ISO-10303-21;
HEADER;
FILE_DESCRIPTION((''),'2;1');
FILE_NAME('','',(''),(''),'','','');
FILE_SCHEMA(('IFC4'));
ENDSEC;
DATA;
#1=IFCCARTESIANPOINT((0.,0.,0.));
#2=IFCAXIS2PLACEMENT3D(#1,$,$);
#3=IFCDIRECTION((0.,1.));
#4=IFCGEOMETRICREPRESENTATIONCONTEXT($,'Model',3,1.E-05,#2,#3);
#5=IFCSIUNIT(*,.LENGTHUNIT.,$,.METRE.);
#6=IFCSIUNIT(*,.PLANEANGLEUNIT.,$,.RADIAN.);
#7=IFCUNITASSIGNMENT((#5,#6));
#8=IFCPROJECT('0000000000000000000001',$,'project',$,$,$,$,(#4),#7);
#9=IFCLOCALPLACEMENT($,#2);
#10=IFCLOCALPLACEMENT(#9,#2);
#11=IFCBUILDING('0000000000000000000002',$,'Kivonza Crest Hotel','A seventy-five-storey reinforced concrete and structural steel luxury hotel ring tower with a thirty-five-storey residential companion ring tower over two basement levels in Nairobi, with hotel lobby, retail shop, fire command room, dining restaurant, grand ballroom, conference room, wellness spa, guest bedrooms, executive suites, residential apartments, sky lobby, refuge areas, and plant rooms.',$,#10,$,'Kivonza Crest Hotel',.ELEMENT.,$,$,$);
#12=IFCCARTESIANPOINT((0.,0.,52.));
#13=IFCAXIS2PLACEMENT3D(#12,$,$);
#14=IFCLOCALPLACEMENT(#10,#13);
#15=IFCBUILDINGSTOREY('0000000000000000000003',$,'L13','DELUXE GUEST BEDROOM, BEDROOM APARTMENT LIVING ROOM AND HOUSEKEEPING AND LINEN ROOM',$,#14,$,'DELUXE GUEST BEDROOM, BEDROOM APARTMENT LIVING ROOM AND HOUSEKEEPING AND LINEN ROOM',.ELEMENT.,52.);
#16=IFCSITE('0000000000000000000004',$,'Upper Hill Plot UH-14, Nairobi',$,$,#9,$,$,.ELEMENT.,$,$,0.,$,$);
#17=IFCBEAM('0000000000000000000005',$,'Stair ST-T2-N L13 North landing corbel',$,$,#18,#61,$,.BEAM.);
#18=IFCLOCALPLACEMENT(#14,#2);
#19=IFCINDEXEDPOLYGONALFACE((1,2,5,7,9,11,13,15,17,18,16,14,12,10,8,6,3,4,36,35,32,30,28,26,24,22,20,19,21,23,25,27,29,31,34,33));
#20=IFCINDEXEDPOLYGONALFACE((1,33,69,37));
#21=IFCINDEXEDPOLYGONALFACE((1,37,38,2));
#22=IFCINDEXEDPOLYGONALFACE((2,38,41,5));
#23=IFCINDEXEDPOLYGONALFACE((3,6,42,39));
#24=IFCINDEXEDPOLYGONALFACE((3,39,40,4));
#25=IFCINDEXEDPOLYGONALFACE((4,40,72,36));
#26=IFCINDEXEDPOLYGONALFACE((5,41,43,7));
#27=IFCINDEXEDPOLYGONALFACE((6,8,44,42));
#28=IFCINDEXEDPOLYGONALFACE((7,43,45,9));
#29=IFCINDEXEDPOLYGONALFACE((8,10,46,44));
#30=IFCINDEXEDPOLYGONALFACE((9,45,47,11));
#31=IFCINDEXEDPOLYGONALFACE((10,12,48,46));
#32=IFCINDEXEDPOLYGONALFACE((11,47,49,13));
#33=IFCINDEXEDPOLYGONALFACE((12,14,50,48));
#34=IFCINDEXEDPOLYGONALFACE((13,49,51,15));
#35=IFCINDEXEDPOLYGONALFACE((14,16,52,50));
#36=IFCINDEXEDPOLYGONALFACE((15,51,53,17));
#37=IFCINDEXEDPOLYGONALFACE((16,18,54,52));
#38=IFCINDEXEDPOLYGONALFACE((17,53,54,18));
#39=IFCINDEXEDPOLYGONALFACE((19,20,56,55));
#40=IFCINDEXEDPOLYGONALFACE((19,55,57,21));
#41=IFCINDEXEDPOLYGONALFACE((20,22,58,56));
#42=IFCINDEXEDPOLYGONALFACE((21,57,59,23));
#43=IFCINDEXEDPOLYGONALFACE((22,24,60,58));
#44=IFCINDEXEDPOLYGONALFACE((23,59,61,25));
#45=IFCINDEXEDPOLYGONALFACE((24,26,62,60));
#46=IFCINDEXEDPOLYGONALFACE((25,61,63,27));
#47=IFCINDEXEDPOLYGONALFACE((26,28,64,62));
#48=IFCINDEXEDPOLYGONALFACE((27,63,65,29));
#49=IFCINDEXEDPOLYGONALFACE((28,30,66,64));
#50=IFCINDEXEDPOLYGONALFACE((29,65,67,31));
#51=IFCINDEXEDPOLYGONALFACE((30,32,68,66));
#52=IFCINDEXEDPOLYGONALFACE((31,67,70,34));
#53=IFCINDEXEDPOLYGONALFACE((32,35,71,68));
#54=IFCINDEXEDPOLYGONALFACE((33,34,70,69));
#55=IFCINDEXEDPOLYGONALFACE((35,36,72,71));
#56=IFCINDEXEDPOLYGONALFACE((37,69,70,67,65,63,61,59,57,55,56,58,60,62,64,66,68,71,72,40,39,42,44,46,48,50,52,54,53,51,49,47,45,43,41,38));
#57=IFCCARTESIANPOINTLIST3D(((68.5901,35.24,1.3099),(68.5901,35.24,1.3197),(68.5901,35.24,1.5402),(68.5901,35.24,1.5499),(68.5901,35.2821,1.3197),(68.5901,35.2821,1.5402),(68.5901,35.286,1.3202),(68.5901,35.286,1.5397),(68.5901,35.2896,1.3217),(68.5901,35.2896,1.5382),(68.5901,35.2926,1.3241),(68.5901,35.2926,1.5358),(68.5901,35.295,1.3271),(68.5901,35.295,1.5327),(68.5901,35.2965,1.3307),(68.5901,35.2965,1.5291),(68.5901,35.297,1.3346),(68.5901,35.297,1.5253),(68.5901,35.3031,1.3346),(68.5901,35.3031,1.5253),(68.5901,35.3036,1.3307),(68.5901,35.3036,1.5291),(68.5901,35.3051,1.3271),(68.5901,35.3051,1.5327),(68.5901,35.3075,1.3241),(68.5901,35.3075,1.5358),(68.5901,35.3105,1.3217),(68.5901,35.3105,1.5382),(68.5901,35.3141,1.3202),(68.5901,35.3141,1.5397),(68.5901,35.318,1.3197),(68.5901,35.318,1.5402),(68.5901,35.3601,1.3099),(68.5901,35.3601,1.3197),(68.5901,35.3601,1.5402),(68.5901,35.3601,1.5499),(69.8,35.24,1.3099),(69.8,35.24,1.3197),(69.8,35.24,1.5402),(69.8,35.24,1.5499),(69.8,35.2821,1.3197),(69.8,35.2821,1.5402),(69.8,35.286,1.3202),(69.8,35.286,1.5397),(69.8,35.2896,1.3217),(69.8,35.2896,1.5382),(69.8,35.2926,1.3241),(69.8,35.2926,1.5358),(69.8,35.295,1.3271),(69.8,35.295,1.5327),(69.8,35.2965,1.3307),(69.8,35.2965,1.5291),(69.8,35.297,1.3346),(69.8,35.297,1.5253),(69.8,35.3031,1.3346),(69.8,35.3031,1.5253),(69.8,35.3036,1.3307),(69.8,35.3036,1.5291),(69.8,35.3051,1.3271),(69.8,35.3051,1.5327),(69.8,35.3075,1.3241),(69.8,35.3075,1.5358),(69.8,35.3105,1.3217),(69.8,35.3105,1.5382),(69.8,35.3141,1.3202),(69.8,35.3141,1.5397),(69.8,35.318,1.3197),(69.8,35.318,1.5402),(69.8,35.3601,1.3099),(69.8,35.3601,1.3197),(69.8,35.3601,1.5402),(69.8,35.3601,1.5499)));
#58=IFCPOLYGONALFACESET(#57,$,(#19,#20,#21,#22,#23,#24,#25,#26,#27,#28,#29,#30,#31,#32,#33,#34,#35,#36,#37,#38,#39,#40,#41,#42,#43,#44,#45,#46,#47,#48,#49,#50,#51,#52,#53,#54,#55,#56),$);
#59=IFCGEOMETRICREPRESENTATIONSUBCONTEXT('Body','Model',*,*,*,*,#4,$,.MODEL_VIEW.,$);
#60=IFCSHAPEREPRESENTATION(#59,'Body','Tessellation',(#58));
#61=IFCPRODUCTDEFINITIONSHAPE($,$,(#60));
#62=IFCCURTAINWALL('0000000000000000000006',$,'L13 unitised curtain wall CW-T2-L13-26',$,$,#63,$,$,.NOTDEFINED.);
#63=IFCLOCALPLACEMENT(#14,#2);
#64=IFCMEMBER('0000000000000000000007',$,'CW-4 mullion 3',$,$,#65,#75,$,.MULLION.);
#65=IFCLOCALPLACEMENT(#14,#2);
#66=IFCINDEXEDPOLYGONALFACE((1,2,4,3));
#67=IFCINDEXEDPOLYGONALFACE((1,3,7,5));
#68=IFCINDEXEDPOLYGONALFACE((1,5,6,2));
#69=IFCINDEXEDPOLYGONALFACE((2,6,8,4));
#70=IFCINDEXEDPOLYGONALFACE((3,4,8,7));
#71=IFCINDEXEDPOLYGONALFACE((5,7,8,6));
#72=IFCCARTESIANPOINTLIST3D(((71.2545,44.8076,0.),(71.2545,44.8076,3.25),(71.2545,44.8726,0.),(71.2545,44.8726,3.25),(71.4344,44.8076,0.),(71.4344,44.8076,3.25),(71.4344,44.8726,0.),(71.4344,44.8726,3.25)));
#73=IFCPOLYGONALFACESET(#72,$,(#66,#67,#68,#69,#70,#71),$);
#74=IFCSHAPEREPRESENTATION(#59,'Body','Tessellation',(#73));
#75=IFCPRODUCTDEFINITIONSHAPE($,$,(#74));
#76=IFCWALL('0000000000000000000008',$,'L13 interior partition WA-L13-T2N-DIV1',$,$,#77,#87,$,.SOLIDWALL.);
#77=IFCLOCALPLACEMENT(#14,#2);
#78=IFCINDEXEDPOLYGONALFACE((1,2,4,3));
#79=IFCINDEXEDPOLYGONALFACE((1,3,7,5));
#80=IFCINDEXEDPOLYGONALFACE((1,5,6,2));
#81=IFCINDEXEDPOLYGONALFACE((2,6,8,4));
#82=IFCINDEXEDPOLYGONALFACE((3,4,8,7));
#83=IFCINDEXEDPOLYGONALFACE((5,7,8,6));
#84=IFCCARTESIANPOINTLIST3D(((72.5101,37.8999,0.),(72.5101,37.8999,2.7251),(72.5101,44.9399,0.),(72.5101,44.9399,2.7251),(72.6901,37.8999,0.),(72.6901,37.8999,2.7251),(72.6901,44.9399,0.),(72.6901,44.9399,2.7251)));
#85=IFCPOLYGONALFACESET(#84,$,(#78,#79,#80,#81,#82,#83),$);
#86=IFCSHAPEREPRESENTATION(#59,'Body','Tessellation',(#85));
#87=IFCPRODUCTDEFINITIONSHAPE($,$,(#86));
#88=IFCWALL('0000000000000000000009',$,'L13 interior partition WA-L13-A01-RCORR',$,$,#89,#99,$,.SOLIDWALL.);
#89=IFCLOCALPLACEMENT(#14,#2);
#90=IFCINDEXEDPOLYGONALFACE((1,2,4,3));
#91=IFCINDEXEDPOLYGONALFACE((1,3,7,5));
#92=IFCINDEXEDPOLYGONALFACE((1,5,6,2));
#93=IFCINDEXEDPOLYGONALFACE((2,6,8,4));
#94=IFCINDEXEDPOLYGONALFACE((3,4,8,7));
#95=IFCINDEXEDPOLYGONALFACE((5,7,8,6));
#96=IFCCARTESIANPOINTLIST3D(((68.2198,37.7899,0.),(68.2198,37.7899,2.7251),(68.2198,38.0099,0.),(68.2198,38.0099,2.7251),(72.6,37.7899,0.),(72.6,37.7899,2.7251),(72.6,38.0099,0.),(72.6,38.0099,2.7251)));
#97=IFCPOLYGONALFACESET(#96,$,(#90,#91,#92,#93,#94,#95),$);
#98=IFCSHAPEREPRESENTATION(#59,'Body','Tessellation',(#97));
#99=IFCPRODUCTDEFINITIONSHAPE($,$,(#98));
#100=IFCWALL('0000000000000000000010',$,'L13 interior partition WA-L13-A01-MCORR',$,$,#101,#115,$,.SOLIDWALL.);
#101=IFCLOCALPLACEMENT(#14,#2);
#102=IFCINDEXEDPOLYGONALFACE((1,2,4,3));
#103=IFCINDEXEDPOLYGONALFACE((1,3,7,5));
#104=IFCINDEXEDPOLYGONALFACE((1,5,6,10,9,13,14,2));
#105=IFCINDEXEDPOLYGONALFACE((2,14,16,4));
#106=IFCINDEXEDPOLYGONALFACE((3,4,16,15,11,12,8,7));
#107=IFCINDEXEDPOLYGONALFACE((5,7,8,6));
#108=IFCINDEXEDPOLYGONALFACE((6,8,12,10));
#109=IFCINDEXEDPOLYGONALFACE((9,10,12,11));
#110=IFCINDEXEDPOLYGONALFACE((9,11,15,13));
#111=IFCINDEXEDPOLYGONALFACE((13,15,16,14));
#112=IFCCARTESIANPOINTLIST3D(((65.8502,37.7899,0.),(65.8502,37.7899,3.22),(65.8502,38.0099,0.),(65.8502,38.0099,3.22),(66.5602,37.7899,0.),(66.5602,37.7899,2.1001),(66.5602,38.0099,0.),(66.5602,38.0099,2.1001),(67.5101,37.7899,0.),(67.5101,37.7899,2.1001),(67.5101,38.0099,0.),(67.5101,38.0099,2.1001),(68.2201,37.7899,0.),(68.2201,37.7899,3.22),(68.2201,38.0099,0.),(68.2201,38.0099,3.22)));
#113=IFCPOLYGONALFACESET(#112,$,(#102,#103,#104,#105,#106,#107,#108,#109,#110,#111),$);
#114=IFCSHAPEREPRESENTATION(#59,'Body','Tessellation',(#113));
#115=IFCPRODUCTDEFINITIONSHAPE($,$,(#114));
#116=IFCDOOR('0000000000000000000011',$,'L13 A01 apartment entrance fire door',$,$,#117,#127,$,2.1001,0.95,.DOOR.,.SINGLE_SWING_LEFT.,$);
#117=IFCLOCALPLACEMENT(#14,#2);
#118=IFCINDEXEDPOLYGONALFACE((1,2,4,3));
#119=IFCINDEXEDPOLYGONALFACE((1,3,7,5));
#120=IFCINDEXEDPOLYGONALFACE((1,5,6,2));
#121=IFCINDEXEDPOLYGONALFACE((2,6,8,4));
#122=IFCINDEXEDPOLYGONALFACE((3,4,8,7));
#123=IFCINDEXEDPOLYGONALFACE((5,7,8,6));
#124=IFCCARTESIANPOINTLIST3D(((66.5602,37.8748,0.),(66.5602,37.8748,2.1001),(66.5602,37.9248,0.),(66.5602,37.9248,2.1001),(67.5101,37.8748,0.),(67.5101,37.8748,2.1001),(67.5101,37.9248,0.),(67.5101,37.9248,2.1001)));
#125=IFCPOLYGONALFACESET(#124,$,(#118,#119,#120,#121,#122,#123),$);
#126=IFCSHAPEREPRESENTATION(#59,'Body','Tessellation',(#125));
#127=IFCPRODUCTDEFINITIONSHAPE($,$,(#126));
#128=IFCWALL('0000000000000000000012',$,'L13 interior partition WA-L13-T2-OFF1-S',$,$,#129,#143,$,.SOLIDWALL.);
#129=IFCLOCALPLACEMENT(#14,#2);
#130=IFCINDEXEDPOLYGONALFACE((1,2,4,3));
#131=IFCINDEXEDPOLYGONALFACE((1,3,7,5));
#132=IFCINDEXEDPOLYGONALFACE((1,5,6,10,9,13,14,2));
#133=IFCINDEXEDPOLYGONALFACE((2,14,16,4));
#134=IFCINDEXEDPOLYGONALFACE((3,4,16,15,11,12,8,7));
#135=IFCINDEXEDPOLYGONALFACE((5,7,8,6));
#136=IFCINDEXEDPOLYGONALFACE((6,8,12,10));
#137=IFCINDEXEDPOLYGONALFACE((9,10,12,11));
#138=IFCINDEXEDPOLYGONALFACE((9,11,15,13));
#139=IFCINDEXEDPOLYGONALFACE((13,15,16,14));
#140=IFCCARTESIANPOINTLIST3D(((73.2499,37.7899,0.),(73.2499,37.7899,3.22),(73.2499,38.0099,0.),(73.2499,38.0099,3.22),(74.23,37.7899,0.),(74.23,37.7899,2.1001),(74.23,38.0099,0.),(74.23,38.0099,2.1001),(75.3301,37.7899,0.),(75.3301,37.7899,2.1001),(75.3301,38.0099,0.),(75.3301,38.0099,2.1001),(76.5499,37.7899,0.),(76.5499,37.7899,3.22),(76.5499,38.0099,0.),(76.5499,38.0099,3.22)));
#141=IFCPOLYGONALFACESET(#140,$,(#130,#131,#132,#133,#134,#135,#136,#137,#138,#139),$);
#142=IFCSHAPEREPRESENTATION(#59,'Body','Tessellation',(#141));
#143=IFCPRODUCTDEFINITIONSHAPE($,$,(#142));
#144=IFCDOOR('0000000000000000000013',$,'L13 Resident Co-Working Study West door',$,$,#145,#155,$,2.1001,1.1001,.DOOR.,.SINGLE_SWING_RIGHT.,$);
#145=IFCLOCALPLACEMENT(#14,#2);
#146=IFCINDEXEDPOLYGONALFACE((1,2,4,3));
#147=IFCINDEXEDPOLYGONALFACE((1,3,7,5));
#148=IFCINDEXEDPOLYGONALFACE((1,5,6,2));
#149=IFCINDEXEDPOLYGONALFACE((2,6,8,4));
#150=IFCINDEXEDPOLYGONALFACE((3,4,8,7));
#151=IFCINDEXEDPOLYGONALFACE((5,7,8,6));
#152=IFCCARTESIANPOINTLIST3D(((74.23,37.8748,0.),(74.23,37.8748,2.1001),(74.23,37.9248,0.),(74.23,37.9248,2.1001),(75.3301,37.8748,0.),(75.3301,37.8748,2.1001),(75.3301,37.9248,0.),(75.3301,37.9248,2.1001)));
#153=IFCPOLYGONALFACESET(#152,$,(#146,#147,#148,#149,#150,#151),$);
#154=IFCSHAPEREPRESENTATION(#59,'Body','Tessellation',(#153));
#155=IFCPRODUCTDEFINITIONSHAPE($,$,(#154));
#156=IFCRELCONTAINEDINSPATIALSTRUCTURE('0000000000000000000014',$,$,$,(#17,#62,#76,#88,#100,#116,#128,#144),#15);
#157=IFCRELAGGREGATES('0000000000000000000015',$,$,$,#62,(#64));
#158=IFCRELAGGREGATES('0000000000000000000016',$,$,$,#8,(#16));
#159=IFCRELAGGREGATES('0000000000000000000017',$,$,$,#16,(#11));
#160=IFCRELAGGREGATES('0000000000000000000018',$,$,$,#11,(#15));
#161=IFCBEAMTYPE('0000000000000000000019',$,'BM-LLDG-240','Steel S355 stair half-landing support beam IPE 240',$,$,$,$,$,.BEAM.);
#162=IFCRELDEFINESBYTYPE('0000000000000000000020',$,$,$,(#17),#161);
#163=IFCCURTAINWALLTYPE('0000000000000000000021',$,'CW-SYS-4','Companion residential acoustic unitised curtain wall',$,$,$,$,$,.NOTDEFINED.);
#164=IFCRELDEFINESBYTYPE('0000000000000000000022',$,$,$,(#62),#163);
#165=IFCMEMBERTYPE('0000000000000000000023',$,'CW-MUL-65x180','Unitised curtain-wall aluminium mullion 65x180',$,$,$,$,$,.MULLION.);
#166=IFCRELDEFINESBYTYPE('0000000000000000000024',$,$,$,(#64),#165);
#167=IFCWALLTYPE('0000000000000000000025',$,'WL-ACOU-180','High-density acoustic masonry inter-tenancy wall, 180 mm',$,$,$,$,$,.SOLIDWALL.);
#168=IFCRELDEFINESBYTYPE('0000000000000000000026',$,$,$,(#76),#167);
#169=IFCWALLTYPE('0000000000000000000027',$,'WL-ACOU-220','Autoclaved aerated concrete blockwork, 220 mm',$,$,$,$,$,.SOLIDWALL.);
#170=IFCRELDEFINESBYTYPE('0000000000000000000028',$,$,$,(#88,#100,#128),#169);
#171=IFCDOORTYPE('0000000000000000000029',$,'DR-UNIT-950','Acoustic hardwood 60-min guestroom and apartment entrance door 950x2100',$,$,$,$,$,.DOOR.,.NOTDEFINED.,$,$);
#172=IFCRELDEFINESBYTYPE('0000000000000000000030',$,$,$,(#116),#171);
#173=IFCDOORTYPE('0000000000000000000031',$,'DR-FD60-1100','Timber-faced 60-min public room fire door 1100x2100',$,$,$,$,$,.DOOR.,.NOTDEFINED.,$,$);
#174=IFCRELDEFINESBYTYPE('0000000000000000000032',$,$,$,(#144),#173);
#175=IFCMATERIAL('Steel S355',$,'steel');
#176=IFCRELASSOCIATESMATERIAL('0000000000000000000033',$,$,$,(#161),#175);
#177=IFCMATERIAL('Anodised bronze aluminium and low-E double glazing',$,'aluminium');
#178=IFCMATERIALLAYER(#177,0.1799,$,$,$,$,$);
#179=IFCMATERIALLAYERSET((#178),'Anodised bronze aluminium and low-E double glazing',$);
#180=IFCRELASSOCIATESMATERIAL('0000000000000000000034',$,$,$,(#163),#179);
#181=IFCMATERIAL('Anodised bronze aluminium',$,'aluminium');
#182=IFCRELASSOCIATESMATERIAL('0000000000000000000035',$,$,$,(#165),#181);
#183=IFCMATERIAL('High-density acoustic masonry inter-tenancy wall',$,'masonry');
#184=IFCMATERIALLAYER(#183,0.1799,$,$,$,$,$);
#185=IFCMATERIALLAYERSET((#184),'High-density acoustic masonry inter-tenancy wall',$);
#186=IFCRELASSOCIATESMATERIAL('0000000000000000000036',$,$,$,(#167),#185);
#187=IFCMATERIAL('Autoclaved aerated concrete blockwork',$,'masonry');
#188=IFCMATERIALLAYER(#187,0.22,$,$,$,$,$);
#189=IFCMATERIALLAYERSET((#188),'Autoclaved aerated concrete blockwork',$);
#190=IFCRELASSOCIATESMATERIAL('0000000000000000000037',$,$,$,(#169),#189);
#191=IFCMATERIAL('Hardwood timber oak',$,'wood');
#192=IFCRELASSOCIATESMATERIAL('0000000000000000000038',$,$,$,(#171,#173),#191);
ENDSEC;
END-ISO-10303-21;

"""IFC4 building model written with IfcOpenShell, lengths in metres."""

from ifc_helpers import new_model, si_unit, direction, frame, frame_2d, origin, origin_2d, place, context, subcontext, project, spatial, rectangle, i_section, extrude, material, layer, layer_set, material_profile, profile_set, type_object, element, fill, aggregate, save


model = new_model("IFC4")

# Units and contexts
model_context = context("Model", 3, precision=1e-05, world=origin(), true_north=direction((0.0, 1.0)))
body_context = subcontext(model_context, "Body", "Model", "MODEL_VIEW")
ifc_project = project(units=[si_unit("LENGTHUNIT", "METRE"), si_unit("PLANEANGLEUNIT", "RADIAN")], contexts=[model_context])

# Site, building, storey
site_placement = place(None, origin())
site = spatial("IfcSite", under=ifc_project, at=site_placement, Name="Upper Hill Plot UH-14, Nairobi", CompositionType="ELEMENT", RefElevation=0.0)
building_placement = place(site_placement, origin())
building = spatial("IfcBuilding", under=site, at=building_placement, Name="Kivonza Crest Hotel", Description="A seventy-five-storey reinforced concrete and structural steel luxury hotel ring tower with a thirty-five-storey residential companion ring tower over two basement levels in Nairobi, with hotel lobby, retail shop, fire command room, dining restaurant, grand ballroom, conference room, wellness spa, guest bedrooms, executive suites, residential apartments, sky lobby, refuge areas, and plant rooms.", LongName="Kivonza Crest Hotel", CompositionType="ELEMENT")
storey_placement = place(building_placement, frame((0.0, 0.0, 52.0)))
storey = spatial("IfcBuildingStorey", under=building, at=storey_placement, Name="L13", Description="DELUXE GUEST BEDROOM, BEDROOM APARTMENT LIVING ROOM AND HOUSEKEEPING AND LINEN ROOM", LongName="DELUXE GUEST BEDROOM, BEDROOM APARTMENT LIVING ROOM AND HOUSEKEEPING AND LINEN ROOM", CompositionType="ELEMENT", Elevation=52.0)

# Beam
ifc_material_1 = material(Name="Steel S355", Category="steel")
ifc_material_profile_1 = material_profile(ifc_material_1, i_section(OverallWidth=0.1201, OverallDepth=0.24, WebThickness=0.0061, FlangeThickness=0.0098, FilletRadius=0.0149, at=origin_2d()), Name="IPE 240")
ifc_profile_set_1 = profile_set([ifc_material_profile_1], Name="Steel S355")
beam_type_1 = type_object("IfcBeamType", Name="BM-LLDG-240", Description="Steel S355 stair half-landing support beam IPE 240", PredefinedType="BEAM", material=ifc_profile_set_1)
beam_1_placement = place(storey_placement, frame((68.5901, 35.3, 1.4299), z_axis=(1.0, 0.0, 0.0), x_axis=(0.0, 1.0, 0.0)))
element("IfcBeam", 1, at=beam_1_placement, inside=storey, type_object=beam_type_1, Name="Stair ST-T2-N L13 North landing corbel", PredefinedType="BEAM", context=body_context, shape_type="SweptSolid", body=[
    extrude(i_section(OverallWidth=0.1201, OverallDepth=0.24, WebThickness=0.0061, FlangeThickness=0.0098, FilletRadius=0.0149, at=origin_2d()), origin(), (0.0, 0.0, 1.0), 1.21),
])

# Curtain wall, member
ifc_material_2 = material(Name="Anodised bronze aluminium and low-E double glazing", Category="aluminium")
ifc_layer_1 = layer(ifc_material_2, 0.1799)
ifc_layer_set_1 = layer_set([ifc_layer_1], Name="Anodised bronze aluminium and low-E double glazing")
curtain_wall_type = type_object("IfcCurtainWallType", Name="CW-SYS-4", Description="Companion residential acoustic unitised curtain wall", PredefinedType="NOTDEFINED", material=ifc_layer_set_1)
curtain_wall_placement = place(storey_placement, origin())
curtain_wall = element("IfcCurtainWall", 2, at=curtain_wall_placement, inside=storey, type_object=curtain_wall_type, Name="L13 unitised curtain wall CW-T2-L13-26", PredefinedType="NOTDEFINED")
ifc_material_3 = material(Name="Anodised bronze aluminium", Category="aluminium")
ifc_material_profile_2 = material_profile(ifc_material_3, rectangle(XDim=0.0649, YDim=0.1799, at=origin_2d()), Name="CW-M 65x180")
ifc_profile_set_2 = profile_set([ifc_material_profile_2], Name="Anodised bronze aluminium")
member_type = type_object("IfcMemberType", Name="CW-MUL-65x180", Description="Unitised curtain-wall aluminium mullion 65x180", PredefinedType="MULLION", material=ifc_profile_set_2)
member_placement = place(storey_placement, frame((71.3445, 44.8401, 0.0), z_axis=(0.0, 0.0, 1.0), x_axis=(0.0, -1.0, 0.0)))
member = element("IfcMember", 3, at=member_placement, type_object=member_type, Name="CW-4 mullion 3", PredefinedType="MULLION", context=body_context, shape_type="SweptSolid", body=[
    extrude(rectangle(XDim=0.0649, YDim=0.1799, at=origin_2d()), origin(), (0.0, 0.0, 1.0), 3.25),
])
aggregate(curtain_wall, [member])

# Walls
ifc_material_4 = material(Name="High-density acoustic masonry inter-tenancy wall", Category="masonry")
ifc_layer_2 = layer(ifc_material_4, 0.1799)
ifc_layer_set_2 = layer_set([ifc_layer_2], Name="High-density acoustic masonry inter-tenancy wall")
wall_type_1 = type_object("IfcWallType", Name="WL-ACOU-180", Description="High-density acoustic masonry inter-tenancy wall, 180 mm", PredefinedType="SOLIDWALL", material=ifc_layer_set_2)
wall_1_placement = place(storey_placement, frame((72.6001, 37.8999, 0.0), z_axis=(0.0, 0.0, 1.0), x_axis=(0.0, 1.0, 0.0)))
element("IfcWall", 4, at=wall_1_placement, inside=storey, type_object=wall_type_1, Name="L13 interior partition WA-L13-T2N-DIV1", PredefinedType="SOLIDWALL", context=body_context, shape_type="SweptSolid", body=[
    extrude(rectangle(XDim=7.04, YDim=0.1799, at=frame_2d((3.52, 0.0))), origin(), (0.0, 0.0, 1.0), 2.7251),
])
ifc_material_5 = material(Name="Autoclaved aerated concrete blockwork", Category="masonry")
ifc_layer_3 = layer(ifc_material_5, 0.22)
ifc_layer_set_3 = layer_set([ifc_layer_3], Name="Autoclaved aerated concrete blockwork")
wall_type_2 = type_object("IfcWallType", Name="WL-ACOU-220", Description="Autoclaved aerated concrete blockwork, 220 mm", PredefinedType="SOLIDWALL", material=ifc_layer_set_3)
wall_2_placement = place(storey_placement, frame((68.22, 37.8999, 0.0), z_axis=(0.0, 0.0, 1.0), x_axis=(1.0, 0.0, 0.0)))
element("IfcWall", 5, at=wall_2_placement, inside=storey, type_object=wall_type_2, Name="L13 interior partition WA-L13-A01-RCORR", PredefinedType="SOLIDWALL", context=body_context, shape_type="SweptSolid", body=[
    extrude(rectangle(XDim=4.3801, YDim=0.22, at=frame_2d((2.1899, 0.0))), origin(), (0.0, 0.0, 1.0), 2.7251),
])

# Walls, openings, doors
wall_3_placement = place(storey_placement, frame((65.8501, 37.8999, 0.0), z_axis=(0.0, 0.0, 1.0), x_axis=(1.0, 0.0, 0.0)))
wall_3 = element("IfcWall", 6, at=wall_3_placement, inside=storey, type_object=wall_type_2, Name="L13 interior partition WA-L13-A01-MCORR", PredefinedType="SOLIDWALL", context=body_context, shape_type="SweptSolid", body=[
    extrude(rectangle(XDim=2.3699, YDim=0.22, at=frame_2d((1.1851, 0.0))), origin(), (0.0, 0.0, 1.0), 3.22),
])
opening_1_placement = place(wall_3_placement, frame((0.71, 0.0, 0.0)))
opening_1 = element("IfcOpeningElement", 7, at=opening_1_placement, cuts=wall_3, PredefinedType="OPENING", context=body_context, shape_type="SweptSolid", body=[
    extrude(rectangle(XDim=0.95, YDim=2.1001, at=frame_2d((0.4751, 1.05))), frame((0.0, 0.1201, 0.0), z_axis=(0.0, -1.0, 0.0), x_axis=(1.0, 0.0, 0.0)), (0.0, 0.0, 1.0), 0.24),
])
ifc_material_6 = material(Name="Hardwood timber oak", Category="wood")
door_type_1 = type_object("IfcDoorType", Name="DR-UNIT-950", Description="Acoustic hardwood 60-min guestroom and apartment entrance door 950x2100", OperationType="NOTDEFINED", PredefinedType="DOOR", material=ifc_material_6)
door_1_placement = place(opening_1_placement, origin())
door_1 = element("IfcDoor", 8, at=door_1_placement, inside=storey, type_object=door_type_1, Name="L13 A01 apartment entrance fire door", OperationType="SINGLE_SWING_LEFT", OverallHeight=2.1001, OverallWidth=0.95, PredefinedType="DOOR", context=body_context, shape_type="SweptSolid", body=[
    extrude(rectangle(XDim=0.95, YDim=2.1001, at=frame_2d((0.4751, 1.05))), frame((0.0, 0.0249, 0.0), z_axis=(0.0, -1.0, 0.0), x_axis=(1.0, 0.0, 0.0)), (0.0, 0.0, 1.0), 0.05),
])
fill(opening_1, door_1)
wall_4_placement = place(storey_placement, frame((73.25, 37.8999, 0.0), z_axis=(0.0, 0.0, 1.0), x_axis=(1.0, 0.0, 0.0)))
wall_4 = element("IfcWall", 9, at=wall_4_placement, inside=storey, type_object=wall_type_2, Name="L13 interior partition WA-L13-T2-OFF1-S", PredefinedType="SOLIDWALL", context=body_context, shape_type="SweptSolid", body=[
    extrude(rectangle(XDim=3.3, YDim=0.22, at=frame_2d((1.6499, 0.0))), origin(), (0.0, 0.0, 1.0), 3.22),
])
opening_2_placement = place(wall_4_placement, frame((0.98, 0.0, 0.0)))
opening_2 = element("IfcOpeningElement", 10, at=opening_2_placement, cuts=wall_4, PredefinedType="OPENING", context=body_context, shape_type="SweptSolid", body=[
    extrude(rectangle(XDim=1.1001, YDim=2.1001, at=frame_2d((0.55, 1.05))), frame((0.0, 0.1201, 0.0), z_axis=(0.0, -1.0, 0.0), x_axis=(1.0, 0.0, 0.0)), (0.0, 0.0, 1.0), 0.24),
])
door_type_2 = type_object("IfcDoorType", Name="DR-FD60-1100", Description="Timber-faced 60-min public room fire door 1100x2100", OperationType="NOTDEFINED", PredefinedType="DOOR", material=ifc_material_6)
door_2_placement = place(opening_2_placement, origin())
door_2 = element("IfcDoor", 11, at=door_2_placement, inside=storey, type_object=door_type_2, Name="L13 Resident Co-Working Study West door", OperationType="SINGLE_SWING_RIGHT", OverallHeight=2.1001, OverallWidth=1.1001, PredefinedType="DOOR", context=body_context, shape_type="SweptSolid", body=[
    extrude(rectangle(XDim=1.1001, YDim=2.1001, at=frame_2d((0.55, 1.05))), frame((0.0, 0.0249, 0.0), z_axis=(0.0, -1.0, 0.0), x_axis=(1.0, 0.0, 0.0)), (0.0, 0.0, 1.0), 0.05),
])
fill(opening_2, door_2)

save(model, "model.ifc")
